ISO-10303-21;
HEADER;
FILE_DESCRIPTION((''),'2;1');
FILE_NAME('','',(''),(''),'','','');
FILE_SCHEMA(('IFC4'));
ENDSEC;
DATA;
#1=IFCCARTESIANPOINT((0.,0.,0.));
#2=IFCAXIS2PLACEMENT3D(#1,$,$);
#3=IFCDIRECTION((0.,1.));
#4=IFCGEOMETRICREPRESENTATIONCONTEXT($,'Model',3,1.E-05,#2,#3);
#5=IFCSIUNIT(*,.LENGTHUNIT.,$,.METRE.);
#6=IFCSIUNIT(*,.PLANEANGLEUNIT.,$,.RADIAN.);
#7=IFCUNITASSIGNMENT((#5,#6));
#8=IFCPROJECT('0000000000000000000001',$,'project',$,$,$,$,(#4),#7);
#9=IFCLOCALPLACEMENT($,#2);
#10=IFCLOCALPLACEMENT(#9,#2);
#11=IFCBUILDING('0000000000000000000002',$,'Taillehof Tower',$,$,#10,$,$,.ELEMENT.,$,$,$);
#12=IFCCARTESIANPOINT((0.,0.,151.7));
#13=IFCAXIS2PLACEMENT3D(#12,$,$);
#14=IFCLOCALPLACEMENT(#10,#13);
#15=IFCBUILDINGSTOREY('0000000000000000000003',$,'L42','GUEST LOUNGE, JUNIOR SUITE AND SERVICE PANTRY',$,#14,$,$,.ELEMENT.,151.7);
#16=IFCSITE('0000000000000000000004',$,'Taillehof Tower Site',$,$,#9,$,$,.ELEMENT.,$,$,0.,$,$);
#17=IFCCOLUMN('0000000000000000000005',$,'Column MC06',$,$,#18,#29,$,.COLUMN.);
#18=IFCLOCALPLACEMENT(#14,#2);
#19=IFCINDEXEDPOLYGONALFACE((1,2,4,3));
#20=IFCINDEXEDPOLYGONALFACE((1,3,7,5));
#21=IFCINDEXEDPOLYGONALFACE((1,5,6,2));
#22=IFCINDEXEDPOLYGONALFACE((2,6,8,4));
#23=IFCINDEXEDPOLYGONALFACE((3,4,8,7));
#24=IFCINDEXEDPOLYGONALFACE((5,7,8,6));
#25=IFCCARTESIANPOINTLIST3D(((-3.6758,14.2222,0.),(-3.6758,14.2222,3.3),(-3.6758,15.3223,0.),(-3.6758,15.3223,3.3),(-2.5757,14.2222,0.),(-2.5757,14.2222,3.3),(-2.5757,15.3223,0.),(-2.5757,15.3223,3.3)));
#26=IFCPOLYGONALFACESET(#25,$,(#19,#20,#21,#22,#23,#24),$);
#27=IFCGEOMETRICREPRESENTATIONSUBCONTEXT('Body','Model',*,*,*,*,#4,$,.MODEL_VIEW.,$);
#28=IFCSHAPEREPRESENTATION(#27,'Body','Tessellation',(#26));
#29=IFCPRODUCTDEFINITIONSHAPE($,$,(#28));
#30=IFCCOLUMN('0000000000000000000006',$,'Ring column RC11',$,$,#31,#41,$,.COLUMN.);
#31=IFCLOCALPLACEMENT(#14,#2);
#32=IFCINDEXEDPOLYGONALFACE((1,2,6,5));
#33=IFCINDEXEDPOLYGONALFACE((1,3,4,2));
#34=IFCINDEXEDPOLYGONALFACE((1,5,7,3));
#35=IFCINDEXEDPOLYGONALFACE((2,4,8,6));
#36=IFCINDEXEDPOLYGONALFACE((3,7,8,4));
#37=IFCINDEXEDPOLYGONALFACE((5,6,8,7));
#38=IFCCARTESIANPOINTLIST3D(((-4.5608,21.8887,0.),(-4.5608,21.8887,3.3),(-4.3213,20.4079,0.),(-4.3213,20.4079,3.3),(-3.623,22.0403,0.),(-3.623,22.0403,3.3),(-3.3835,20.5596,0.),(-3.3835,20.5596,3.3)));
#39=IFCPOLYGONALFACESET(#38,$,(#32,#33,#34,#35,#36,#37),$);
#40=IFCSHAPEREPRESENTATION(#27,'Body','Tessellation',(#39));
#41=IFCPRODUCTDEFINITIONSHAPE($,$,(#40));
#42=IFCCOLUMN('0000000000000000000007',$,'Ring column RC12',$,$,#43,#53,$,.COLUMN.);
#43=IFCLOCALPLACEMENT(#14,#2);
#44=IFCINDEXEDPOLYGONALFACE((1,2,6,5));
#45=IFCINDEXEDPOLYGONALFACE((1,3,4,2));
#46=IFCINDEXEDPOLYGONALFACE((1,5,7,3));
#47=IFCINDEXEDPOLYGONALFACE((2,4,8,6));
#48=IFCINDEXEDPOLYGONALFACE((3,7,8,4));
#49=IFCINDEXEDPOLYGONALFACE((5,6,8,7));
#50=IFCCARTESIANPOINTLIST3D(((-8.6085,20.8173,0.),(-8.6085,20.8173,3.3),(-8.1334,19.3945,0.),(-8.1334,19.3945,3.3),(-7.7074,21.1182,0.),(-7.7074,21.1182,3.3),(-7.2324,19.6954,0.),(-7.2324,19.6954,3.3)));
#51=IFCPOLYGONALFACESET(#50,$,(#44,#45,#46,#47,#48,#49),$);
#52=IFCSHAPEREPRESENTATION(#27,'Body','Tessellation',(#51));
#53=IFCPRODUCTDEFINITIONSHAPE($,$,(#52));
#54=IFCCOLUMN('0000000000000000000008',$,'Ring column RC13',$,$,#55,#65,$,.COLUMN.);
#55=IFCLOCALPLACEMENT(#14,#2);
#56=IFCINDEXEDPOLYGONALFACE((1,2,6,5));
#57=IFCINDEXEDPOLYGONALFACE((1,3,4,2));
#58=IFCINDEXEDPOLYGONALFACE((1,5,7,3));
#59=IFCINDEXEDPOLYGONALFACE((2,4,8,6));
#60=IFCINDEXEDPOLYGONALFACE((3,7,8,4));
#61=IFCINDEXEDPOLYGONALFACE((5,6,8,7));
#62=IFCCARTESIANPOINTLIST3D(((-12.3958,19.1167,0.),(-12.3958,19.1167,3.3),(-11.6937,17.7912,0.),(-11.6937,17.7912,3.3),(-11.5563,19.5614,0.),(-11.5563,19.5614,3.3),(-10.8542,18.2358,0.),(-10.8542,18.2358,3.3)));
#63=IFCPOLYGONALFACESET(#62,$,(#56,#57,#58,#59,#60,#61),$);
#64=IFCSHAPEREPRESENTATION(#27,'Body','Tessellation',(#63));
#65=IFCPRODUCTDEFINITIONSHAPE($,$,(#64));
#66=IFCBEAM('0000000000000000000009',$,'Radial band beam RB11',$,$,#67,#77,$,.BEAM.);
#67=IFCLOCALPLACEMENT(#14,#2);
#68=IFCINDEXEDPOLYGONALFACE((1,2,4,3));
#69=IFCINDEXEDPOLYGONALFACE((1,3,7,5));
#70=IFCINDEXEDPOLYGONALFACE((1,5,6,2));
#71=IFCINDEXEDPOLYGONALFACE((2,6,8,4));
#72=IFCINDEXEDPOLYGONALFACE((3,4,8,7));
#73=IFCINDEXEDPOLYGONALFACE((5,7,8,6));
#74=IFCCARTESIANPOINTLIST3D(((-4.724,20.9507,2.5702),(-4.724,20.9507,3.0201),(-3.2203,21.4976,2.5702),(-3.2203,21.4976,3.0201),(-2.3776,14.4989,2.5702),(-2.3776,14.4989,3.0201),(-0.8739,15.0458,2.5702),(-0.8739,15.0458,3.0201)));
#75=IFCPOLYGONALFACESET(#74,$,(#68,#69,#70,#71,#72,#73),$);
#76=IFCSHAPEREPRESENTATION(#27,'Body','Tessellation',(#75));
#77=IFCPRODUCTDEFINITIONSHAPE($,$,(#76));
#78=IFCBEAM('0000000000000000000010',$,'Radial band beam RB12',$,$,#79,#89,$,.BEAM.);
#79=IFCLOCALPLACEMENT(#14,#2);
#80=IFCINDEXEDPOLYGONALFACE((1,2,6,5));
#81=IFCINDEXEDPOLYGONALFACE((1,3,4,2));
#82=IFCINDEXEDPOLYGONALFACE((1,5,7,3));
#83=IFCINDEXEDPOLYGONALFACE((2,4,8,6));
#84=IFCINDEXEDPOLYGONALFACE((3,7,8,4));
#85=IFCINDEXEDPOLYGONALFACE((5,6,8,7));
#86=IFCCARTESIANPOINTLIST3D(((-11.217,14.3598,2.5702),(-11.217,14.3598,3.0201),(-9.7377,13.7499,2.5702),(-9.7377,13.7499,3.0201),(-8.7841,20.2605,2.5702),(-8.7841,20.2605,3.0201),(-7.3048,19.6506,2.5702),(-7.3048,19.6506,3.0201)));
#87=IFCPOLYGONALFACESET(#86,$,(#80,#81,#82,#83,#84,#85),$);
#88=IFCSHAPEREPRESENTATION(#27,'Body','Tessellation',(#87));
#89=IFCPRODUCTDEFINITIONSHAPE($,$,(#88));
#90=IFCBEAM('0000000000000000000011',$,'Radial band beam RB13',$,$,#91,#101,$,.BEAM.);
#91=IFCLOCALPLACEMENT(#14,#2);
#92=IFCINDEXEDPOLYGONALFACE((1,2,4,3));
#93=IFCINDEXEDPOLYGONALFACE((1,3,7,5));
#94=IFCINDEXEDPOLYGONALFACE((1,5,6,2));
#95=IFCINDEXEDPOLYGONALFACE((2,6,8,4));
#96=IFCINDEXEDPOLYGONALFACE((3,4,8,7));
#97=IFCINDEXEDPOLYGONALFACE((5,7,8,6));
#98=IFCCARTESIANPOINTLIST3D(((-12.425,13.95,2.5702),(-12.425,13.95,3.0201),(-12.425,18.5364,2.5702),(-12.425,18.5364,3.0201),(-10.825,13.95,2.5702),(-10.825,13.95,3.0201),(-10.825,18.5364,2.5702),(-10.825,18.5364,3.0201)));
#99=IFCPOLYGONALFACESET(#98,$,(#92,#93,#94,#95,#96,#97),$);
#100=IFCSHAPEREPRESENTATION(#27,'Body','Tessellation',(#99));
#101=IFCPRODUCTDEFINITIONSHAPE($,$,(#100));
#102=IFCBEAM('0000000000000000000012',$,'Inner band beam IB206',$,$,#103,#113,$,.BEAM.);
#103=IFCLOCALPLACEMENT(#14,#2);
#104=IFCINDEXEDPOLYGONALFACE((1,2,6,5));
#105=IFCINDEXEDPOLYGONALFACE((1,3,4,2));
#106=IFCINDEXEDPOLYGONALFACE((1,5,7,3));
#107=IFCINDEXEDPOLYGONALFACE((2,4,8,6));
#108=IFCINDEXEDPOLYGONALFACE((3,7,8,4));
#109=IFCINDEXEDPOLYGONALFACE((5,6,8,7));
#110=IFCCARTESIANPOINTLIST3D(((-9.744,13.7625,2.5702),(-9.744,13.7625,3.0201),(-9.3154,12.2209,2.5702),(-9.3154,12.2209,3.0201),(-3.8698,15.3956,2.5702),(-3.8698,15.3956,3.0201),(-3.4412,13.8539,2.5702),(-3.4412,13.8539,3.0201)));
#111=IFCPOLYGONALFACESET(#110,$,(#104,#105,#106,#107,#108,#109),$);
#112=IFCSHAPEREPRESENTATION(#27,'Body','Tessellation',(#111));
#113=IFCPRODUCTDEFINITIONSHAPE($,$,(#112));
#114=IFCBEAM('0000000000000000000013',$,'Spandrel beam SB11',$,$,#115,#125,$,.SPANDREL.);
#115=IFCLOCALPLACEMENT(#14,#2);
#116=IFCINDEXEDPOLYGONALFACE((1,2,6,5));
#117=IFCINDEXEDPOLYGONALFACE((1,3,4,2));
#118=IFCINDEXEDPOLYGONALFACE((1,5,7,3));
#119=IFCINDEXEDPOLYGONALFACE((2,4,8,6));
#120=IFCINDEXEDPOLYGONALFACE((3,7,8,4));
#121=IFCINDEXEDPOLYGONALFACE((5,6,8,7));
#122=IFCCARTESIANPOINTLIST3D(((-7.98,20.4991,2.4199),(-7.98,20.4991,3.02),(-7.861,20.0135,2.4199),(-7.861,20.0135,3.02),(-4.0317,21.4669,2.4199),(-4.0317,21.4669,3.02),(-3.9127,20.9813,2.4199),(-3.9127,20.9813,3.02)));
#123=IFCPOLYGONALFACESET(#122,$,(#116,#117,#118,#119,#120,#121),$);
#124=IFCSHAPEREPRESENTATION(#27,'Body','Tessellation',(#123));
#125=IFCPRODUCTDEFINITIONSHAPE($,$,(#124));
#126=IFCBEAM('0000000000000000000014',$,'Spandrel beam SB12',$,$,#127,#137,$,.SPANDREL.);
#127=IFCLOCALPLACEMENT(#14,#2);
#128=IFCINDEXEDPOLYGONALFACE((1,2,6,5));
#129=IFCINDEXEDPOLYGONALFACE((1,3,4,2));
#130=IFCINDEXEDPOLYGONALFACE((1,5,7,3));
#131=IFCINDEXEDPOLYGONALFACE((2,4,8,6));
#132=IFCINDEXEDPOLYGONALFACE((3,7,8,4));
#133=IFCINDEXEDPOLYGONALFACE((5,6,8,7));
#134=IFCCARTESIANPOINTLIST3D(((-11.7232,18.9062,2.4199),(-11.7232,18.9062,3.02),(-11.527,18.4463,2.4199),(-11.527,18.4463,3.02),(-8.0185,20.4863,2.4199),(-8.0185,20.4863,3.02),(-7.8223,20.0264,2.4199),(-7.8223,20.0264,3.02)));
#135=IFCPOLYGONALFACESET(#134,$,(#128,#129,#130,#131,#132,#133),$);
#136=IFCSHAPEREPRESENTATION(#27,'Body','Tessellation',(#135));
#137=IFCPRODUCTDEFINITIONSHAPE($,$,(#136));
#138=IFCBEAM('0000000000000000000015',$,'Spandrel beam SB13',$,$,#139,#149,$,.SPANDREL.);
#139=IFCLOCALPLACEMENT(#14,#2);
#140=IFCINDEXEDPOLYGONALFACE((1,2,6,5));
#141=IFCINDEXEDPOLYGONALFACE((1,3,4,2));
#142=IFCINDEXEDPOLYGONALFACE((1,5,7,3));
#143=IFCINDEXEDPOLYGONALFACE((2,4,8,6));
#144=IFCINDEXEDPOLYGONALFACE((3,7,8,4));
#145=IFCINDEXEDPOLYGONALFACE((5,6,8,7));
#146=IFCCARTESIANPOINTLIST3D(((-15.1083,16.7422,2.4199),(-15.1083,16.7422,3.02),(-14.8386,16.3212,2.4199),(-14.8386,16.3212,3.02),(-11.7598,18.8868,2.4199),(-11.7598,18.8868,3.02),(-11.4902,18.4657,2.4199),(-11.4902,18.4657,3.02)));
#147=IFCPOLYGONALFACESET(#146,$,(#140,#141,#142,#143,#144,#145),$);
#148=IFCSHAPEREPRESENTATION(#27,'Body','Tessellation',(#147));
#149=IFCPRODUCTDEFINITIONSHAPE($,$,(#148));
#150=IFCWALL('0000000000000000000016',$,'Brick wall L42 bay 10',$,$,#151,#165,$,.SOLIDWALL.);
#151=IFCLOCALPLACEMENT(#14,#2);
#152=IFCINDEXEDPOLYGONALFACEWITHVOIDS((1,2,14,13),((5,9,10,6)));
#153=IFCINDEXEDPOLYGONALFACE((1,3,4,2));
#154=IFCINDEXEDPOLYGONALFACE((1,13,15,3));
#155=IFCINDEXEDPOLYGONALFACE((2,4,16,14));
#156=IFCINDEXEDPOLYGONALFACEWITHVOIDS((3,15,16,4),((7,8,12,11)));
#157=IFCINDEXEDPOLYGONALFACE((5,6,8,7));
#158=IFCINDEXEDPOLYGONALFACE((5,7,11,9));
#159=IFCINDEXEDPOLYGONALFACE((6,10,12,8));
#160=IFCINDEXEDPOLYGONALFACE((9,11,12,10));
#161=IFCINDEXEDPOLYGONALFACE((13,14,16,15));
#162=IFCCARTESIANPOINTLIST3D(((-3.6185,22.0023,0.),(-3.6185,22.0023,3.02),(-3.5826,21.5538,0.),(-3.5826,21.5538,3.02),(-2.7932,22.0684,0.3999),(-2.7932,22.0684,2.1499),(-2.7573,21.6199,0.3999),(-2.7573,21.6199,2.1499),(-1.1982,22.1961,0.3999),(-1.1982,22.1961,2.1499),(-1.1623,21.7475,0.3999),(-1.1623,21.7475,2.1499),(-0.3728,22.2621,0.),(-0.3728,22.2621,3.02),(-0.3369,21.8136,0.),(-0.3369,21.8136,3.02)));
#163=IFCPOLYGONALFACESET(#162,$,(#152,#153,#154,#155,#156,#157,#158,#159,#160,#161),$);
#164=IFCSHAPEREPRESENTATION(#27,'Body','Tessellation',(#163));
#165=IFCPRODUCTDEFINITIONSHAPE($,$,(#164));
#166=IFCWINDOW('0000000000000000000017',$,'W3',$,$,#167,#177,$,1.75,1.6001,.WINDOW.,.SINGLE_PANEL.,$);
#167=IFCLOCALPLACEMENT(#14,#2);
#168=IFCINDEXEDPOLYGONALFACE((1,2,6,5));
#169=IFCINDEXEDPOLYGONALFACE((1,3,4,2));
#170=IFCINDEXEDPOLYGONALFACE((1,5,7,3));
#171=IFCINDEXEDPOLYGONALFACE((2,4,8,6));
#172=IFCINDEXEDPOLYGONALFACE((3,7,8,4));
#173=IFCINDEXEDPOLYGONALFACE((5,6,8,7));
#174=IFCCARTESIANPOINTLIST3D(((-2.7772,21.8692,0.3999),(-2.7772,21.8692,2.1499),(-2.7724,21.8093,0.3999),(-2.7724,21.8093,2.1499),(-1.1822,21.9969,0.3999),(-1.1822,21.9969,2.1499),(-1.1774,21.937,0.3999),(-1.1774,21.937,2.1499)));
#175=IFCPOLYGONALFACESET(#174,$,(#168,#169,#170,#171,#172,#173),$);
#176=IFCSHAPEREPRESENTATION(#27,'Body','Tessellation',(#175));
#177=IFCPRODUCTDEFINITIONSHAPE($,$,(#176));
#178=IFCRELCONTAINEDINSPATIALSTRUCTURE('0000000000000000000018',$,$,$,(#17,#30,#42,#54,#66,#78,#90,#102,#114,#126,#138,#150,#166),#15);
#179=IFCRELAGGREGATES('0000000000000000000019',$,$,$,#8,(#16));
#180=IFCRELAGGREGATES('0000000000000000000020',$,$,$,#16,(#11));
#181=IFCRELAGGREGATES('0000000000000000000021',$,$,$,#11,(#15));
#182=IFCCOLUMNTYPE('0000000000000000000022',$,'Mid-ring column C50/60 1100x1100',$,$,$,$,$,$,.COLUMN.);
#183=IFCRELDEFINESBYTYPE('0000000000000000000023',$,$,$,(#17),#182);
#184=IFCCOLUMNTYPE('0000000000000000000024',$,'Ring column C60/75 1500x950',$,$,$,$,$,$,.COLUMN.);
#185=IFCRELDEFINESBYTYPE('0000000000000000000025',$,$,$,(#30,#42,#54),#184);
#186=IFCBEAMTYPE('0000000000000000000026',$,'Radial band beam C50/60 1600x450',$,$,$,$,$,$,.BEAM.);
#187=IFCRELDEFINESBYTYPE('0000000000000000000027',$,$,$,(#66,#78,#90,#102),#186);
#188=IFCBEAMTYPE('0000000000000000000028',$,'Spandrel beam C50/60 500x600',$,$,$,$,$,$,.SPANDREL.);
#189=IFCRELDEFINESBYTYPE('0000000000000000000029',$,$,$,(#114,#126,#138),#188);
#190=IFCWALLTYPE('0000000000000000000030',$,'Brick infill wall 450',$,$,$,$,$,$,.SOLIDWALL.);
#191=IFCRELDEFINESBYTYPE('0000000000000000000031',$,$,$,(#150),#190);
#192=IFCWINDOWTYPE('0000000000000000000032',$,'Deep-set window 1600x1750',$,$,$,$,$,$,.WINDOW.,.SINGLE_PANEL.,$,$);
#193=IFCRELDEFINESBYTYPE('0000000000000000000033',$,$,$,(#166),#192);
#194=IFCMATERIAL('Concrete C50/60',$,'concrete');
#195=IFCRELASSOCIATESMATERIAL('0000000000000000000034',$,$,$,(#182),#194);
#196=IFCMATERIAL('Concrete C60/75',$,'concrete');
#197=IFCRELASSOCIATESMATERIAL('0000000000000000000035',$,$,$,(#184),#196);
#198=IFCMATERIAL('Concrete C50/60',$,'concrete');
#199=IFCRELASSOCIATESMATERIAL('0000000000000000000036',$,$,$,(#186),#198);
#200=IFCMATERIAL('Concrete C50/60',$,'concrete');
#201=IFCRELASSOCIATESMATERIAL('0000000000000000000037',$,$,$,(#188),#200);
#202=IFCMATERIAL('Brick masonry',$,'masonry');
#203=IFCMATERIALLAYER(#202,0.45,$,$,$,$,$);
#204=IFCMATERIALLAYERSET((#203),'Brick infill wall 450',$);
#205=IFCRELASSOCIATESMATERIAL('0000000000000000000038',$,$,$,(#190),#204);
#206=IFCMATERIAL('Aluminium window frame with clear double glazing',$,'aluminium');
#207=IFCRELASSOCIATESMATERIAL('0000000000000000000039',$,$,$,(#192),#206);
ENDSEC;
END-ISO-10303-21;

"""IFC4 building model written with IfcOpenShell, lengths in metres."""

from ifc_helpers import new_model, si_unit, direction, frame, frame_2d, origin, origin_2d, place, context, subcontext, project, spatial, rectangle, extrude, material, layer, layer_set, material_profile, profile_set, type_object, element, fill, save


model = new_model("IFC4")

# Units and contexts
model_context = context("Model", 3, precision=1e-05, world=origin(), true_north=direction((0.0, 1.0)))
body_context = subcontext(model_context, "Body", "Model", "MODEL_VIEW")
ifc_project = project(units=[si_unit("LENGTHUNIT", "METRE"), si_unit("PLANEANGLEUNIT", "RADIAN")], contexts=[model_context])

# Site, building, storey
site_placement = place(None, origin())
site = spatial("IfcSite", under=ifc_project, at=site_placement, Name="Taillehof Tower Site", CompositionType="ELEMENT", RefElevation=0.0)
building_placement = place(site_placement, origin())
building = spatial("IfcBuilding", under=site, at=building_placement, Name="Taillehof Tower", CompositionType="ELEMENT")
storey_placement = place(building_placement, frame((0.0, 0.0, 151.7)))
storey = spatial("IfcBuildingStorey", under=building, at=storey_placement, Name="L42", Description="GUEST LOUNGE, JUNIOR SUITE AND SERVICE PANTRY", CompositionType="ELEMENT", Elevation=151.7)

# Columns
ifc_material_1 = material(Name="Concrete C50/60", Category="concrete")
ifc_material_profile_1 = material_profile(ifc_material_1, rectangle(XDim=1.1001, YDim=1.1001, at=origin_2d()), Name="RC 1100x1100")
ifc_profile_set_1 = profile_set([ifc_material_profile_1], Name="Concrete C50/60")
column_type_1 = type_object("IfcColumnType", Name="Mid-ring column C50/60 1100x1100", PredefinedType="COLUMN", material=ifc_profile_set_1)
column_placement = place(storey_placement, frame((-3.1257, 14.7722, 0.0), z_axis=(0.0, 0.0, 1.0), x_axis=(1.0, 0.0, 0.0)))
element("IfcColumn", 1, at=column_placement, inside=storey, type_object=column_type_1, Name="Column MC06", PredefinedType="COLUMN", context=body_context, shape_type="SweptSolid", body=[
    extrude(rectangle(XDim=1.1001, YDim=1.1001, at=origin_2d()), origin(), (0.0, 0.0, 1.0), 3.3),
])
ifc_material_2 = material(Name="Concrete C60/75", Category="concrete")
ifc_material_profile_2 = material_profile(ifc_material_2, rectangle(XDim=1.5, YDim=0.95, at=origin_2d()), Name="RC 1500x950")
ifc_profile_set_2 = profile_set([ifc_material_profile_2], Name="Concrete C60/75")
column_type_2 = type_object("IfcColumnType", Name="Ring column C60/75 1500x950", PredefinedType="COLUMN", material=ifc_profile_set_2)
for number, where, z_axis, x_axis, name in (
    (2, (-3.9722, 21.2241, 0.0), (0.0, 0.0, 1.0), (-0.159679, 0.987169, 0.0), "Ring column RC11"),
    (3, (-7.9204, 20.2563, 0.0), (0.0, 0.0, 1.0), (-0.316703, 0.948525, 0.0), "Ring column RC12"),
    (4, (-11.625, 18.6763, 0.0), (0.0, 0.0, 1.0), (-0.468042, 0.883706, 0.0), "Ring column RC13"),
):
    element("IfcColumn", number, at=place(storey_placement, frame(where, z_axis=z_axis, x_axis=x_axis)), inside=storey, type_object=column_type_2, Name=name, PredefinedType="COLUMN", context=body_context, shape_type="SweptSolid", body=[
        extrude(rectangle(XDim=1.5, YDim=0.95, at=origin_2d()), origin(), (0.0, 0.0, 1.0), 3.3),
    ])

# Beams
ifc_material_3 = material(Name="Concrete C50/60", Category="concrete")
ifc_material_profile_3 = material_profile(ifc_material_3, rectangle(XDim=1.6001, YDim=0.45, at=origin_2d()), Name="RC 1600x450")
ifc_profile_set_3 = profile_set([ifc_material_profile_3], Name="Concrete C50/60")
beam_type_1 = type_object("IfcBeamType", Name="Radial band beam C50/60 1600x450", PredefinedType="BEAM", material=ifc_profile_set_3)
beam_1_placement = place(storey_placement, frame((-3.9722, 21.2241, 2.7952), z_axis=(0.34178, -0.93978, 0.0), x_axis=(0.93978, 0.34178, 0.0)))
element("IfcBeam", 5, at=beam_1_placement, inside=storey, type_object=beam_type_1, Name="Radial band beam RB11", PredefinedType="BEAM", context=body_context, shape_type="SweptSolid", body=[
    extrude(rectangle(XDim=1.6001, YDim=0.45, at=origin_2d()), origin(), (0.0, 0.0, 1.0), 6.8652),
])
beam_2_placement = place(storey_placement, frame((-8.0444, 19.9556, 2.7952), z_axis=(-0.381177, -0.924502, 0.0), x_axis=(0.924502, -0.381177, 0.0)))
element("IfcBeam", 6, at=beam_2_placement, inside=storey, type_object=beam_type_1, Name="Radial band beam RB12", PredefinedType="BEAM", context=body_context, shape_type="SweptSolid", body=[
    extrude(rectangle(XDim=1.6001, YDim=0.45, at=origin_2d()), origin(), (0.0, 0.0, 1.0), 6.3826),
])
beam_3_placement = place(storey_placement, frame((-11.625, 18.5364, 2.7952), z_axis=(0.0, -1.0, 0.0), x_axis=(1.0, 0.0, 0.0)))
element("IfcBeam", 7, at=beam_3_placement, inside=storey, type_object=beam_type_1, Name="Radial band beam RB13", PredefinedType="BEAM", context=body_context, shape_type="SweptSolid", body=[
    extrude(rectangle(XDim=1.6001, YDim=0.45, at=origin_2d()), origin(), (0.0, 0.0, 1.0), 4.5864),
])
beam_4_placement = place(storey_placement, frame((-3.6555, 14.6248, 2.7952), z_axis=(-0.963459, -0.267855, 0.0), x_axis=(0.267855, -0.963459, 0.0)))
element("IfcBeam", 8, at=beam_4_placement, inside=storey, type_object=beam_type_1, Name="Inner band beam IB206", PredefinedType="BEAM", context=body_context, shape_type="SweptSolid", body=[
    extrude(rectangle(XDim=1.6001, YDim=0.45, at=origin_2d()), origin(), (0.0, 0.0, 1.0), 6.0969),
])
ifc_material_4 = material(Name="Concrete C50/60", Category="concrete")
ifc_material_profile_4 = material_profile(ifc_material_4, rectangle(XDim=0.5, YDim=0.6001, at=origin_2d()), Name="RC 500x600")
ifc_profile_set_4 = profile_set([ifc_material_profile_4], Name="Concrete C50/60")
beam_type_2 = type_object("IfcBeamType", Name="Spandrel beam C50/60 500x600", PredefinedType="SPANDREL", material=ifc_profile_set_4)
beam_5_placement = place(storey_placement, frame((-3.9722, 21.2241, 2.72), z_axis=(-0.971249, -0.238068, 0.0), x_axis=(0.238068, -0.971249, 0.0)))
element("IfcBeam", 9, at=beam_5_placement, inside=storey, type_object=beam_type_2, Name="Spandrel beam SB11", PredefinedType="SPANDREL", context=body_context, shape_type="SweptSolid", body=[
    extrude(rectangle(XDim=0.5, YDim=0.6001, at=origin_2d()), origin(), (0.0, 0.0, 1.0), 4.0652),
])
beam_6_placement = place(storey_placement, frame((-7.9204, 20.2563, 2.72), z_axis=(-0.919827, -0.392324, 0.0), x_axis=(0.392324, -0.919827, 0.0)))
element("IfcBeam", 10, at=beam_6_placement, inside=storey, type_object=beam_type_2, Name="Spandrel beam SB12", PredefinedType="SPANDREL", context=body_context, shape_type="SweptSolid", body=[
    extrude(rectangle(XDim=0.5, YDim=0.6001, at=origin_2d()), origin(), (0.0, 0.0, 1.0), 4.0276),
])
beam_7_placement = place(storey_placement, frame((-11.625, 18.6763, 2.72), z_axis=(-0.842093, -0.539332, 0.0), x_axis=(0.539332, -0.842093, 0.0)))
element("IfcBeam", 11, at=beam_7_placement, inside=storey, type_object=beam_type_2, Name="Spandrel beam SB13", PredefinedType="SPANDREL", context=body_context, shape_type="SweptSolid", body=[
    extrude(rectangle(XDim=0.5, YDim=0.6001, at=origin_2d()), origin(), (0.0, 0.0, 1.0), 3.9763),
])

# Wall, opening, window
ifc_material_5 = material(Name="Brick masonry", Category="masonry")
ifc_layer_1 = layer(ifc_material_5, 0.45)
ifc_layer_set_1 = layer_set([ifc_layer_1], Name="Brick infill wall 450")
wall_type_1 = type_object("IfcWallType", Name="Brick infill wall 450", PredefinedType="SOLIDWALL", material=ifc_layer_set_1)
wall_1_placement = place(storey_placement, frame((-0.355, 22.0378, 0.0), z_axis=(0.0, 0.0, 1.0), x_axis=(-0.996812, -0.079781, 0.0)))
wall_1 = element("IfcWall", 12, at=wall_1_placement, inside=storey, type_object=wall_type_1, Name="Brick wall L42 bay 10", PredefinedType="SOLIDWALL", context=body_context, shape_type="SweptSolid", body=[
    extrude(rectangle(XDim=3.2561, YDim=0.45, at=frame_2d((1.6279, 0.0))), origin(), (0.0, 0.0, 1.0), 3.02),
])
opening_1_placement = place(wall_1_placement, frame((0.8279, 0.0, 0.3999)))
opening_1 = element("IfcOpeningElement", 13, at=opening_1_placement, cuts=wall_1, PredefinedType="OPENING", context=body_context, shape_type="SweptSolid", body=[
    extrude(rectangle(XDim=1.6001, YDim=1.75, at=frame_2d((0.8, 0.875))), frame((0.0, 0.2349, 0.0), z_axis=(0.0, -1.0, 0.0), x_axis=(1.0, 0.0, 0.0)), (0.0, 0.0, 1.0), 0.47),
])
ifc_material_6 = material(Name="Aluminium window frame with clear double glazing", Category="aluminium")
window_type = type_object("IfcWindowType", Name="Deep-set window 1600x1750", PartitioningType="SINGLE_PANEL", PredefinedType="WINDOW", material=ifc_material_6)
window_1_placement = place(opening_1_placement, origin())
window_1 = element("IfcWindow", 14, at=window_1_placement, inside=storey, type_object=window_type, Name="W3", OverallHeight=1.75, OverallWidth=1.6001, PartitioningType="SINGLE_PANEL", PredefinedType="WINDOW", context=body_context, shape_type="SweptSolid", body=[
    extrude(rectangle(XDim=1.6001, YDim=1.75, at=frame_2d((0.8, 0.875))), frame((0.0, 0.0349, 0.0), z_axis=(0.0, -1.0, 0.0), x_axis=(1.0, 0.0, 0.0)), (0.0, 0.0, 1.0), 0.0601),
])
fill(opening_1, window_1)

save(model, "model.ifc")
